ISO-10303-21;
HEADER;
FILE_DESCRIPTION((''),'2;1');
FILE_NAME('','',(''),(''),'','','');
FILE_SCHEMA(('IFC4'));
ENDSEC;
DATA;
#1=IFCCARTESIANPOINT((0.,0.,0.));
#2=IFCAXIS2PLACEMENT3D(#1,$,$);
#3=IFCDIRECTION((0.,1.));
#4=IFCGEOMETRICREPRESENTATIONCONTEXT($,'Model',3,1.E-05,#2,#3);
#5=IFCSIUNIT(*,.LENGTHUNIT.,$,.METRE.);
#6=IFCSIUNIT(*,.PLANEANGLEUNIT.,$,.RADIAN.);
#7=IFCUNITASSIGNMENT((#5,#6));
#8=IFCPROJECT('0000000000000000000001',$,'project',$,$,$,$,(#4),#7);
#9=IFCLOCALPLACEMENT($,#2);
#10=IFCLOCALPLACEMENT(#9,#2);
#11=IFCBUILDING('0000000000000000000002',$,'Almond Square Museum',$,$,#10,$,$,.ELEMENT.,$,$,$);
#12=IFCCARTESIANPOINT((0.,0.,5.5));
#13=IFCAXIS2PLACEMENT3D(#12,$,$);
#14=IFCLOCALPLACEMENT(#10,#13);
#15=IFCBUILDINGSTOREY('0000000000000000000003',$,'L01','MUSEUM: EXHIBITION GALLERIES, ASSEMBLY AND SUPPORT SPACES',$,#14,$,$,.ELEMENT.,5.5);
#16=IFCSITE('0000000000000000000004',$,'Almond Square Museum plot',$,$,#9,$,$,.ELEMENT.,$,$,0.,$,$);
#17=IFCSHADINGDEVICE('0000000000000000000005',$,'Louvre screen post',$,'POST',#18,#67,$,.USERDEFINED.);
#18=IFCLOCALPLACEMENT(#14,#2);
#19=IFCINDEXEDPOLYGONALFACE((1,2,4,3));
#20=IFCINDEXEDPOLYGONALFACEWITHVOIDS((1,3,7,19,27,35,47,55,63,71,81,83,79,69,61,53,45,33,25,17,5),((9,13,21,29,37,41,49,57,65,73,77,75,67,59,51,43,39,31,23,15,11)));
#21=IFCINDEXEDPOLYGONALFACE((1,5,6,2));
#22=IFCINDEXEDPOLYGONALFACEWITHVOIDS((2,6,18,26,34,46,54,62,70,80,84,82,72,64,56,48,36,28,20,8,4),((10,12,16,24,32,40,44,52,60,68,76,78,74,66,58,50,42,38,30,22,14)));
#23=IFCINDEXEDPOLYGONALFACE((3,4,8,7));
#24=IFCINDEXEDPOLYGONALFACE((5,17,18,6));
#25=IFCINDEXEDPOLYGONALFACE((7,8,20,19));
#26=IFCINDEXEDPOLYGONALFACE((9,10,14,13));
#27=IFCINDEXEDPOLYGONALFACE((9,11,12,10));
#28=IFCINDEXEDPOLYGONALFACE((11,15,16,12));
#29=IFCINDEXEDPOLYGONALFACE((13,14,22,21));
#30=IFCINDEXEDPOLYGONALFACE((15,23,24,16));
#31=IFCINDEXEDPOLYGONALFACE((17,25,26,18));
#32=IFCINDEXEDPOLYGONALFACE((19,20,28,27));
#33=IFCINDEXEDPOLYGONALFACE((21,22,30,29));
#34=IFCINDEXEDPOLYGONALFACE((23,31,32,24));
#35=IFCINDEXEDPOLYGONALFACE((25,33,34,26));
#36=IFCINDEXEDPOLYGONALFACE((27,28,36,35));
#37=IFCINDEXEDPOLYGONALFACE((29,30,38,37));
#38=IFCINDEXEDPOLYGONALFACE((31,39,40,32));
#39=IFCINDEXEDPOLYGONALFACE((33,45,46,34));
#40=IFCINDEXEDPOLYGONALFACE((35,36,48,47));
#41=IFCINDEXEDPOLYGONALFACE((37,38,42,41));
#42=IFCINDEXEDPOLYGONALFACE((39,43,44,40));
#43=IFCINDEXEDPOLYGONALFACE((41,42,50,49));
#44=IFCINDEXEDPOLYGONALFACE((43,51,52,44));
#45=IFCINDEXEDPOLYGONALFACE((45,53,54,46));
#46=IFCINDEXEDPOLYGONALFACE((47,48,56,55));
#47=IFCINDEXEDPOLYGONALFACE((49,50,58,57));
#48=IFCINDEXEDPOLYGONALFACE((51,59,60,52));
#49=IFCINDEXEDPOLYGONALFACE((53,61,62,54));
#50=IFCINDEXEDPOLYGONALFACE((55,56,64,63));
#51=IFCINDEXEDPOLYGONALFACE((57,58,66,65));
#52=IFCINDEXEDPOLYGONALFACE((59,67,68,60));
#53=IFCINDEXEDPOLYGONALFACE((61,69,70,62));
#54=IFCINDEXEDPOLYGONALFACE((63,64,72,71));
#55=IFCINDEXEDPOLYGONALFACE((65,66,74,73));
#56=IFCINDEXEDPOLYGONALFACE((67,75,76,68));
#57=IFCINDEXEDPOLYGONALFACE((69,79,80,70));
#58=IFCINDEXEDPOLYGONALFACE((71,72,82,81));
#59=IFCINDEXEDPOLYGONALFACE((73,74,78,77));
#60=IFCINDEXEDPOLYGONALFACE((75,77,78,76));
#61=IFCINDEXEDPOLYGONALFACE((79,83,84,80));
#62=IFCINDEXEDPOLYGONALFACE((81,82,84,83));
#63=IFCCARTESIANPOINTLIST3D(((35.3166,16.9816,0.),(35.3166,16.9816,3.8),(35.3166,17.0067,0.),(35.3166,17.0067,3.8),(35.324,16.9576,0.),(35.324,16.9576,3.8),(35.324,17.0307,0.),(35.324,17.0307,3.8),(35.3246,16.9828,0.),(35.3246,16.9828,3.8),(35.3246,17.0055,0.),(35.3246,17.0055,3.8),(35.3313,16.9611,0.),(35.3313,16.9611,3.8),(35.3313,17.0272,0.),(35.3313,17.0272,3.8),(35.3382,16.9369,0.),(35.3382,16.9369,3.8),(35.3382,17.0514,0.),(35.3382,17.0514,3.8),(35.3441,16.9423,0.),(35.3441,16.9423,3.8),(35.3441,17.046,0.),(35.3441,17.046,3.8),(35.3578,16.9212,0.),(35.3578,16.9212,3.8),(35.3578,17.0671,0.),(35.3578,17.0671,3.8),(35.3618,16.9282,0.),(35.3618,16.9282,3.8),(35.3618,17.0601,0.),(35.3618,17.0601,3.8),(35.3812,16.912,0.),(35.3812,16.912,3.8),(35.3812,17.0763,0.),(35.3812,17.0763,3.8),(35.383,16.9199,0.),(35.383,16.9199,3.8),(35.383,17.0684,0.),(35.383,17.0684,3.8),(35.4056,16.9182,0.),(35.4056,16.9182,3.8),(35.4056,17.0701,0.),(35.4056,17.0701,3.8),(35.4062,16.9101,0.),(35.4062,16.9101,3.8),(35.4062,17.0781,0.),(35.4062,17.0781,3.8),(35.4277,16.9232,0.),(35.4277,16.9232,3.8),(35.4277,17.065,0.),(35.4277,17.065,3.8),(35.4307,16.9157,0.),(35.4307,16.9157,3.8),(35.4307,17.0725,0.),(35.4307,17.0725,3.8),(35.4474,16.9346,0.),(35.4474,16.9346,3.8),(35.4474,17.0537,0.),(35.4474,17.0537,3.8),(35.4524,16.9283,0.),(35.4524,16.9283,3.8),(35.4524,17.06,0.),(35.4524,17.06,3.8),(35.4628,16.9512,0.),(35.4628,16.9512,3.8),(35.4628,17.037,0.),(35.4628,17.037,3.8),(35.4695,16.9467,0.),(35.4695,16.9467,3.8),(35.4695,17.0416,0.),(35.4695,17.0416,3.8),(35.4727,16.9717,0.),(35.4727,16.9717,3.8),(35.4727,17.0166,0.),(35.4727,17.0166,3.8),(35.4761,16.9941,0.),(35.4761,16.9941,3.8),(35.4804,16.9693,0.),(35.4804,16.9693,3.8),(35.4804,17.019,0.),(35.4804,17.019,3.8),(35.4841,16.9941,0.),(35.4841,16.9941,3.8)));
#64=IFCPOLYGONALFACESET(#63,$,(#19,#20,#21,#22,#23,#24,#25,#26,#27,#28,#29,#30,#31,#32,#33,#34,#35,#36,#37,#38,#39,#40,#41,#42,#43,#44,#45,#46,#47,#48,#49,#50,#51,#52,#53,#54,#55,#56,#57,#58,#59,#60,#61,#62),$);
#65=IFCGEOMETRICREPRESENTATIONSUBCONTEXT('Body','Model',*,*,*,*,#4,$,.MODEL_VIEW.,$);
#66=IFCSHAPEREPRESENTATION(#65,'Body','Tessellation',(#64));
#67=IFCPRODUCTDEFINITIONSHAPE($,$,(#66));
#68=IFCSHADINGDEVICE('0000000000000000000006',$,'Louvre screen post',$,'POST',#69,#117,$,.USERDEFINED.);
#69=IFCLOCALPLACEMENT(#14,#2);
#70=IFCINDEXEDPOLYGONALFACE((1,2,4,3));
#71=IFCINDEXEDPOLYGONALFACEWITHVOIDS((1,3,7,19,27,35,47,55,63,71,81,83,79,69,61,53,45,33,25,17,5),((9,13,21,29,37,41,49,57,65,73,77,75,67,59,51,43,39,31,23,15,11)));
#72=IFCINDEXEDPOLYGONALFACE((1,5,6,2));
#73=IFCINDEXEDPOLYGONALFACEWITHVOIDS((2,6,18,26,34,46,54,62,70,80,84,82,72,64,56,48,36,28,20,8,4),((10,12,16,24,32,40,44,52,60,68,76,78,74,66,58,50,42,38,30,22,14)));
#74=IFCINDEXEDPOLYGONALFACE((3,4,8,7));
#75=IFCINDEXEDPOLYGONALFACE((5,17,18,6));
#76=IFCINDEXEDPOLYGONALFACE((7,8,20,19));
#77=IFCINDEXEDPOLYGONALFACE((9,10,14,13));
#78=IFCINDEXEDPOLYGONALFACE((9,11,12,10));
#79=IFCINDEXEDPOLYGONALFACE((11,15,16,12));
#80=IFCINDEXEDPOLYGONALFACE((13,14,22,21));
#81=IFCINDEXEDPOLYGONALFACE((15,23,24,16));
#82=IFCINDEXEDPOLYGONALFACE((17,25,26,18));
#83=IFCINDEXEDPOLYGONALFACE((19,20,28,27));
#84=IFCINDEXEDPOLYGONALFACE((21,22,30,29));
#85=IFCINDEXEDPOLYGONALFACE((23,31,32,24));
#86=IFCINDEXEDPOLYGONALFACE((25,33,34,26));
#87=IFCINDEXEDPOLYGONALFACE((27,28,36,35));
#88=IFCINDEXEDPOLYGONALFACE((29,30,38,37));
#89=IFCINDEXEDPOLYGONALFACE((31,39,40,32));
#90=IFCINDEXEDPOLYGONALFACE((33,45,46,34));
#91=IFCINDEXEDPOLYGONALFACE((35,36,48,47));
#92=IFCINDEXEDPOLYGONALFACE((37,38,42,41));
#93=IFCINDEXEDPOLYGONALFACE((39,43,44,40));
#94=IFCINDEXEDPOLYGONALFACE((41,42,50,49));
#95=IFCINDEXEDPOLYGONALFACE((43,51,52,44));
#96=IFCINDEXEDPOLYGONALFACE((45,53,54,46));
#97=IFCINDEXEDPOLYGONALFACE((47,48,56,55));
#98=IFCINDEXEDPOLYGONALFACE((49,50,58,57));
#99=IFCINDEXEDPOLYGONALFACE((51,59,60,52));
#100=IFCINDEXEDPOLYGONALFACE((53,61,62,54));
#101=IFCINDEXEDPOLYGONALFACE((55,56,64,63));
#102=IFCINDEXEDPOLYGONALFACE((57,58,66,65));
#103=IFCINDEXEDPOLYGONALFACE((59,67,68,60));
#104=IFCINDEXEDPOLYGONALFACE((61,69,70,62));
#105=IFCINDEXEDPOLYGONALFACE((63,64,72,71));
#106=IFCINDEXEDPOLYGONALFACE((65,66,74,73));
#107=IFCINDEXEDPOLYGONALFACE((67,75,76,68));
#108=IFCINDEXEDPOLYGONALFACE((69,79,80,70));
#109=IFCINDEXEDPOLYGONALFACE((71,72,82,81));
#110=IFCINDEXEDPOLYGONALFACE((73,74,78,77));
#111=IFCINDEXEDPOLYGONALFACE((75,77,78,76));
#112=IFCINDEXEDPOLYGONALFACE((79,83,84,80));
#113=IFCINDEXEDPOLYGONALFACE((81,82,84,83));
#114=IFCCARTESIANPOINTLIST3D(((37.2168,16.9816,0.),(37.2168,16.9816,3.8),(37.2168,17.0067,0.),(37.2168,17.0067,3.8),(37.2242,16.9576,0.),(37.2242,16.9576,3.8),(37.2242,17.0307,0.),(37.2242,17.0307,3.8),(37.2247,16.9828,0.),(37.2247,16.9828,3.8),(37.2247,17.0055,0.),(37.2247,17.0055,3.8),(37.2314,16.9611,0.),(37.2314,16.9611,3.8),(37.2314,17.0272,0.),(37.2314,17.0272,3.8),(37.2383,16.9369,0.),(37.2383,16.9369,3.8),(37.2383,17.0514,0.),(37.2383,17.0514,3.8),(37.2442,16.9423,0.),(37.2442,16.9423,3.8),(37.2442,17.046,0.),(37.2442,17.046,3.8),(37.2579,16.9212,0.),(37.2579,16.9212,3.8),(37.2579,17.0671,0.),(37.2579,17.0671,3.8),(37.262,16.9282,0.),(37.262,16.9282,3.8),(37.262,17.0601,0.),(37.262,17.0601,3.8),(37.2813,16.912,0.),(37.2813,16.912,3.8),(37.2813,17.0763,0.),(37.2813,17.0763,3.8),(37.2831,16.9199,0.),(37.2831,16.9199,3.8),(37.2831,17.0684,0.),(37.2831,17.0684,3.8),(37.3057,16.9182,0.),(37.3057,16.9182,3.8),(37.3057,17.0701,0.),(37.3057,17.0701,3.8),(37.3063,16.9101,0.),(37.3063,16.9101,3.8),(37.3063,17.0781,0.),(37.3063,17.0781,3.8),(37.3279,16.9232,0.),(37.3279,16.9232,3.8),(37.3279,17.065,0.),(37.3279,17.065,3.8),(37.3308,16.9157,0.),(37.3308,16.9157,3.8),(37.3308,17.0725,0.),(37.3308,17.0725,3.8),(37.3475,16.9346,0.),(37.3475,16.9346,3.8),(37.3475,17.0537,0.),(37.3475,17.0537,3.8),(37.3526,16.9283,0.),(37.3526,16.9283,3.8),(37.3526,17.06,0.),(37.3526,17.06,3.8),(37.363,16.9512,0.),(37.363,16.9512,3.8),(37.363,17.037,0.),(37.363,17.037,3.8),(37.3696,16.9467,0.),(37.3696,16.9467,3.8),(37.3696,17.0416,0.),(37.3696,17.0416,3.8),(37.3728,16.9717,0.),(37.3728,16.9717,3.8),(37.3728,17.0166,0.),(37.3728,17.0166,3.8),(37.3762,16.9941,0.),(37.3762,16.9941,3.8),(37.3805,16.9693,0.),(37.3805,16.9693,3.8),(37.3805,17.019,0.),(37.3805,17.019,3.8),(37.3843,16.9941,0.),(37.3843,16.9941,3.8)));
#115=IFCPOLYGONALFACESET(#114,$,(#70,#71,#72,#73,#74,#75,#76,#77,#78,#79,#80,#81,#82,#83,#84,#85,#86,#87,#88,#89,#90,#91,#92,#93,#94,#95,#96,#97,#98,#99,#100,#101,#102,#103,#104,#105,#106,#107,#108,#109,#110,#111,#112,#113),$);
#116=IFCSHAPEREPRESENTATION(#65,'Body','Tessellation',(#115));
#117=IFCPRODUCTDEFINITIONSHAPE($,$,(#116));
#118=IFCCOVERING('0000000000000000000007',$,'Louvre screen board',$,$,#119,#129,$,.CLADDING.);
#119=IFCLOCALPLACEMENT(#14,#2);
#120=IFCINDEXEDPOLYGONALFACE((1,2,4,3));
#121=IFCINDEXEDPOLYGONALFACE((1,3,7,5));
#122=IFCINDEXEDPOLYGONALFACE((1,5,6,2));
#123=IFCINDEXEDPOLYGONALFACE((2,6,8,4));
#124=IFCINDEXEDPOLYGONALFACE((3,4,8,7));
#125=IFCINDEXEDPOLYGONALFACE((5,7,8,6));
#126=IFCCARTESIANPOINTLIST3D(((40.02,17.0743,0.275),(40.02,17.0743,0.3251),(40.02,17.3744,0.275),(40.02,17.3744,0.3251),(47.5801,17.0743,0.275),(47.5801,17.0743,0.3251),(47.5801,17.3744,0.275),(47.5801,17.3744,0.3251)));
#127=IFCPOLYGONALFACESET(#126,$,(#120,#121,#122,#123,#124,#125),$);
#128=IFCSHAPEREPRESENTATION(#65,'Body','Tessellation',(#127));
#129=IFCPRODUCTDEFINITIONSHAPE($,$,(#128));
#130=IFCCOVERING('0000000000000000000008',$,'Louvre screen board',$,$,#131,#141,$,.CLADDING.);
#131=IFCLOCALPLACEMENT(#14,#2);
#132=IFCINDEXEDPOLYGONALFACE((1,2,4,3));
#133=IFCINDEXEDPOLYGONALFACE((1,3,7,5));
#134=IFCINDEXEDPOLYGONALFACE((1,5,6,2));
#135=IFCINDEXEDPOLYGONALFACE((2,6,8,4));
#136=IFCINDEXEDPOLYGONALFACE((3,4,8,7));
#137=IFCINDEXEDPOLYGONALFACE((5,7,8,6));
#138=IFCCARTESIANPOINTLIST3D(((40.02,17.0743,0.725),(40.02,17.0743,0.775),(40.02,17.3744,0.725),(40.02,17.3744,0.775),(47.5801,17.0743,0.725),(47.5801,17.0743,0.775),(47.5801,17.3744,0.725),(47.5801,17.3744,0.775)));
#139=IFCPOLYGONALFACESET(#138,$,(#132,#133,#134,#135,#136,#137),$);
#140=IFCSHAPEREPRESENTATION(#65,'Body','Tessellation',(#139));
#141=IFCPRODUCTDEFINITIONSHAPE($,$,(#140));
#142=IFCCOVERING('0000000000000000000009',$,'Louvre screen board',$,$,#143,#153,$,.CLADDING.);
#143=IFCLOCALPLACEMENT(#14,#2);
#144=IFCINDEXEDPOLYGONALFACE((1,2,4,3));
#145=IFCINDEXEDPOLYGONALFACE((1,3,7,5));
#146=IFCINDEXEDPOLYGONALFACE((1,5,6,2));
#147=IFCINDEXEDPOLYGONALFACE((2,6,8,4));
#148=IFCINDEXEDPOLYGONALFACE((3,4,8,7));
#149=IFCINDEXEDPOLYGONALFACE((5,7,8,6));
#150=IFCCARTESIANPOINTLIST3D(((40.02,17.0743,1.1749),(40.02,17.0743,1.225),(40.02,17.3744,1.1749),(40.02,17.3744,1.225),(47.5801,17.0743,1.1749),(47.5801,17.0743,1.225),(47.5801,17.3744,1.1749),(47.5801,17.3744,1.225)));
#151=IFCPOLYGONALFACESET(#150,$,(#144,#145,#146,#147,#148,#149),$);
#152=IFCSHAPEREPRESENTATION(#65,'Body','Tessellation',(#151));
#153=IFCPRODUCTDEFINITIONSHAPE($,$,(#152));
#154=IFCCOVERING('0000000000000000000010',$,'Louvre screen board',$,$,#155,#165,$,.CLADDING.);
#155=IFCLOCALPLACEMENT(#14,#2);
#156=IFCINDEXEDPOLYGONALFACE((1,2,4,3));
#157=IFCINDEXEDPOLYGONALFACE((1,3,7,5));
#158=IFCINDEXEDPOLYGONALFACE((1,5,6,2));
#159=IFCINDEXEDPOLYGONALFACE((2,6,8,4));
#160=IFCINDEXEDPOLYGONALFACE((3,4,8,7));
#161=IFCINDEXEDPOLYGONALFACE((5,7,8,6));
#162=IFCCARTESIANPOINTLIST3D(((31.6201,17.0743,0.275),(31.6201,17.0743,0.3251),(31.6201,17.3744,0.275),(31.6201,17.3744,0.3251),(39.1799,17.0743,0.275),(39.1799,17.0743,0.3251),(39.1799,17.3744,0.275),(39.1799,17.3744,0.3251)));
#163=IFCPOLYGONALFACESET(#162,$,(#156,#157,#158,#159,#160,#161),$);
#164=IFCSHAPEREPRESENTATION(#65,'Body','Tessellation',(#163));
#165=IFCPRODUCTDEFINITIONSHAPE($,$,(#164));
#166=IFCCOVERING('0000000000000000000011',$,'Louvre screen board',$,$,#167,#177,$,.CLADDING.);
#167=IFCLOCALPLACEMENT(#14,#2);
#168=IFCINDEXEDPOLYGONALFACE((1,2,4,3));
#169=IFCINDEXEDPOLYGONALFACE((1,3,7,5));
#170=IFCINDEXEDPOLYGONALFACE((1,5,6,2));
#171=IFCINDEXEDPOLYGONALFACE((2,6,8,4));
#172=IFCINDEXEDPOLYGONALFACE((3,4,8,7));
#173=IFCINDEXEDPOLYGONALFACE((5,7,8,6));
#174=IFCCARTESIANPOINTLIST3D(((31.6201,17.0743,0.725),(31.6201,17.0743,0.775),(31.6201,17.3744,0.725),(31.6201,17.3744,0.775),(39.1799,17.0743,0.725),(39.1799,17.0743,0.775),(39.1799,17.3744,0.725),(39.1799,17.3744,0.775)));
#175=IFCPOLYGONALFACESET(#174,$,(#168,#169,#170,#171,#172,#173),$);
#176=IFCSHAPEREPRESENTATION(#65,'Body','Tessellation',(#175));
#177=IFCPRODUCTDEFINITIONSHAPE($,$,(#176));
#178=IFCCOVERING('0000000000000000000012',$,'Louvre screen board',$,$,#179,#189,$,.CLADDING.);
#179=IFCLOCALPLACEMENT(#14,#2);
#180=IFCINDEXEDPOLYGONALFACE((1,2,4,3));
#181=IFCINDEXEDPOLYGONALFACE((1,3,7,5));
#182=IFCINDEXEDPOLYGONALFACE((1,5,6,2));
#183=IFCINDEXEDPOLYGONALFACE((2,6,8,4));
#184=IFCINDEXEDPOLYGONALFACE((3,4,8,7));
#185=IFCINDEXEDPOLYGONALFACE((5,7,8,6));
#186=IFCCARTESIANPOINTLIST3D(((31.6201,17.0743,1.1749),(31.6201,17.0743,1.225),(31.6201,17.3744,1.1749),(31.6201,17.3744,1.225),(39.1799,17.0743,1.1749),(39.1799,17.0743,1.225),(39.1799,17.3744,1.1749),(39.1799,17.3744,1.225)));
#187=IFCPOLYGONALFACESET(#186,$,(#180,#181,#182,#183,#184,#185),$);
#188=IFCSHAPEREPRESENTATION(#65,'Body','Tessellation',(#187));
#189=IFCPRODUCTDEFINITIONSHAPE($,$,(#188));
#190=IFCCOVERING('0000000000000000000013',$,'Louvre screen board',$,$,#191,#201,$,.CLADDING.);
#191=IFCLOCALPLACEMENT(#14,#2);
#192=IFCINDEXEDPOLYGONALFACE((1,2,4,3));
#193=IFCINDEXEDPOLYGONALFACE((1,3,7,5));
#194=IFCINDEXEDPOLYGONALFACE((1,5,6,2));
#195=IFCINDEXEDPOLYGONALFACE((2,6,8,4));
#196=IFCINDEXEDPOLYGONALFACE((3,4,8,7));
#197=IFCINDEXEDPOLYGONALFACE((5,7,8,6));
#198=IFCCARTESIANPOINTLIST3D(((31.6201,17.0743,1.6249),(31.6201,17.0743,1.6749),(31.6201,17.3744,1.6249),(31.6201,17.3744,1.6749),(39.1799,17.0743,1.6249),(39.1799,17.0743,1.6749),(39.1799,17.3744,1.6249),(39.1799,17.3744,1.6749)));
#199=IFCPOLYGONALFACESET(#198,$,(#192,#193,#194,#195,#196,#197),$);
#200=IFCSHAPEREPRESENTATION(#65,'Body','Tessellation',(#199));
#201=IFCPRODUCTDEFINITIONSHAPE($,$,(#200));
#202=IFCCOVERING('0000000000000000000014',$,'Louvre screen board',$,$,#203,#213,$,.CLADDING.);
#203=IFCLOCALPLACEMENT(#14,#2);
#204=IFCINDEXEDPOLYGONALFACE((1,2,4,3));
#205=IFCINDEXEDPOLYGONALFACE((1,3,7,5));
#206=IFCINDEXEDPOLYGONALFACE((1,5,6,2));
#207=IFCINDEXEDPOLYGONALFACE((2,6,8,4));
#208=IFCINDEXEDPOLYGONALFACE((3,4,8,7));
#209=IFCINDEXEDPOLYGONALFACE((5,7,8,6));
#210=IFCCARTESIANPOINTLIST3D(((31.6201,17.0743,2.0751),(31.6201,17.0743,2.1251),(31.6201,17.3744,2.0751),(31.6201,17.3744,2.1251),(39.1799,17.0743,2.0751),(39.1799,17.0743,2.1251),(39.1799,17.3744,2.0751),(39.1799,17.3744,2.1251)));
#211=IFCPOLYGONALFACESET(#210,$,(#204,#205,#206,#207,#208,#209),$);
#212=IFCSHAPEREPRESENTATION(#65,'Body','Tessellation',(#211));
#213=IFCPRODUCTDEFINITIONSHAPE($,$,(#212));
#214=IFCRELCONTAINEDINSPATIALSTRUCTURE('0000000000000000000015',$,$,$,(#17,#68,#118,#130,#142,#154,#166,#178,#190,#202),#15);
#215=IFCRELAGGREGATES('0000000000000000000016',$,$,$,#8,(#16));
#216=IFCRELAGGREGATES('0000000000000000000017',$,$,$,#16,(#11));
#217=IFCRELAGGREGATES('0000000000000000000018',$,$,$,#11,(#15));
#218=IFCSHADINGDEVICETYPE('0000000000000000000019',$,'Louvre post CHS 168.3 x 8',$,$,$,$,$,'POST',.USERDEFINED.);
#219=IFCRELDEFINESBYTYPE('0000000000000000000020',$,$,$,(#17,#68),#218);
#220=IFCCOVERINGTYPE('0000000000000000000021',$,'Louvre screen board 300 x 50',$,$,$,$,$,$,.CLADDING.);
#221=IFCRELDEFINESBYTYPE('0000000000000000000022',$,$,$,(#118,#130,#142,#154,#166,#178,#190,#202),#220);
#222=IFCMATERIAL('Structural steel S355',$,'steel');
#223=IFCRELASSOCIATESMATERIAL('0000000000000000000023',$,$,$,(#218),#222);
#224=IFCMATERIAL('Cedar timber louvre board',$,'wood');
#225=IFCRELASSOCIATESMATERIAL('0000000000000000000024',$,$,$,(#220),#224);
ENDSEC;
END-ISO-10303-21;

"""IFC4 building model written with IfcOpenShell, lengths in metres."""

from ifc_helpers import new_model, si_unit, direction, frame, origin, origin_2d, place, context, subcontext, project, spatial, rectangle, hollow_circle, extrude, material, material_profile, profile_set, type_object, element, save


model = new_model("IFC4")

# Units and contexts
model_context = context("Model", 3, precision=1e-05, world=origin(), true_north=direction((0.0, 1.0)))
body_context = subcontext(model_context, "Body", "Model", "MODEL_VIEW")
ifc_project = project(units=[si_unit("LENGTHUNIT", "METRE"), si_unit("PLANEANGLEUNIT", "RADIAN")], contexts=[model_context])

# Site, building, storey
site_placement = place(None, origin())
site = spatial("IfcSite", under=ifc_project, at=site_placement, Name="Almond Square Museum plot", CompositionType="ELEMENT", RefElevation=0.0)
building_placement = place(site_placement, origin())
building = spatial("IfcBuilding", under=site, at=building_placement, Name="Almond Square Museum", CompositionType="ELEMENT")
storey_placement = place(building_placement, frame((0.0, 0.0, 5.5)))
storey = spatial("IfcBuildingStorey", under=building, at=storey_placement, Name="L01", Description="MUSEUM: EXHIBITION GALLERIES, ASSEMBLY AND SUPPORT SPACES", CompositionType="ELEMENT", Elevation=5.5)

# Shading devices
ifc_material_1 = material(Name="Structural steel S355", Category="steel")
ifc_material_profile_1 = material_profile(ifc_material_1, hollow_circle(Radius=0.0842, WallThickness=0.0081, at=origin_2d()))
ifc_profile_set_1 = profile_set([ifc_material_profile_1], Name="Structural steel S355")
shading_device_type_1 = type_object("IfcShadingDeviceType", Name="Louvre post CHS 168.3 x 8", ElementType="POST", PredefinedType="USERDEFINED", material=ifc_profile_set_1)
for number, where, z_axis, x_axis, name in (
    (1, (35.3999, 16.9941, 0.0), (0.0, 0.0, 1.0), (1.0, 0.0, 0.0), "Louvre screen post"),
    (2, (37.3, 16.9941, 0.0), (0.0, 0.0, 1.0), (1.0, 0.0, 0.0), "Louvre screen post"),
):
    element("IfcShadingDevice", number, at=place(storey_placement, frame(where, z_axis=z_axis, x_axis=x_axis)), inside=storey, type_object=shading_device_type_1, Name=name, ObjectType="POST", PredefinedType="USERDEFINED", context=body_context, shape_type="SweptSolid", body=[
        extrude(hollow_circle(Radius=0.0842, WallThickness=0.0081, at=origin_2d()), origin(), (0.0, 0.0, 1.0), 3.8),
    ])

# Coverings
ifc_material_2 = material(Name="Cedar timber louvre board", Category="wood")
ifc_material_profile_2 = material_profile(ifc_material_2, rectangle(XDim=0.3, YDim=0.05, at=origin_2d()))
ifc_profile_set_2 = profile_set([ifc_material_profile_2], Name="Cedar timber louvre board")
covering_type = type_object("IfcCoveringType", Name="Louvre screen board 300 x 50", PredefinedType="CLADDING", material=ifc_profile_set_2)
for number, where, z_axis, x_axis, name in (
    (3, (40.02, 17.2244, 0.3), (1.0, 0.0, 0.0), (0.0, 1.0, 0.0), "Louvre screen board"),
    (4, (40.02, 17.2244, 0.75), (1.0, 0.0, 0.0), (0.0, 1.0, 0.0), "Louvre screen board"),
    (5, (40.02, 17.2244, 1.2), (1.0, 0.0, 0.0), (0.0, 1.0, 0.0), "Louvre screen board"),
):
    element("IfcCovering", number, at=place(storey_placement, frame(where, z_axis=z_axis, x_axis=x_axis)), inside=storey, type_object=covering_type, Name=name, PredefinedType="CLADDING", context=body_context, shape_type="SweptSolid", body=[
        extrude(rectangle(XDim=0.3, YDim=0.05, at=origin_2d()), origin(), (0.0, 0.0, 1.0), 7.5601),
    ])
for number, where, z_axis, x_axis, name in (
    (6, (31.6201, 17.2244, 0.3), (1.0, 0.0, 0.0), (0.0, 1.0, 0.0), "Louvre screen board"),
    (7, (31.6201, 17.2244, 0.75), (1.0, 0.0, 0.0), (0.0, 1.0, 0.0), "Louvre screen board"),
    (8, (31.6201, 17.2244, 1.2), (1.0, 0.0, 0.0), (0.0, 1.0, 0.0), "Louvre screen board"),
    (9, (31.6201, 17.2244, 1.6499), (1.0, 0.0, 0.0), (0.0, 1.0, 0.0), "Louvre screen board"),
    (10, (31.6201, 17.2244, 2.1001), (1.0, 0.0, 0.0), (0.0, 1.0, 0.0), "Louvre screen board"),
):
    element("IfcCovering", number, at=place(storey_placement, frame(where, z_axis=z_axis, x_axis=x_axis)), inside=storey, type_object=covering_type, Name=name, PredefinedType="CLADDING", context=body_context, shape_type="SweptSolid", body=[
        extrude(rectangle(XDim=0.3, YDim=0.05, at=origin_2d()), origin(), (0.0, 0.0, 1.0), 7.5598),
    ])

save(model, "model.ifc")
